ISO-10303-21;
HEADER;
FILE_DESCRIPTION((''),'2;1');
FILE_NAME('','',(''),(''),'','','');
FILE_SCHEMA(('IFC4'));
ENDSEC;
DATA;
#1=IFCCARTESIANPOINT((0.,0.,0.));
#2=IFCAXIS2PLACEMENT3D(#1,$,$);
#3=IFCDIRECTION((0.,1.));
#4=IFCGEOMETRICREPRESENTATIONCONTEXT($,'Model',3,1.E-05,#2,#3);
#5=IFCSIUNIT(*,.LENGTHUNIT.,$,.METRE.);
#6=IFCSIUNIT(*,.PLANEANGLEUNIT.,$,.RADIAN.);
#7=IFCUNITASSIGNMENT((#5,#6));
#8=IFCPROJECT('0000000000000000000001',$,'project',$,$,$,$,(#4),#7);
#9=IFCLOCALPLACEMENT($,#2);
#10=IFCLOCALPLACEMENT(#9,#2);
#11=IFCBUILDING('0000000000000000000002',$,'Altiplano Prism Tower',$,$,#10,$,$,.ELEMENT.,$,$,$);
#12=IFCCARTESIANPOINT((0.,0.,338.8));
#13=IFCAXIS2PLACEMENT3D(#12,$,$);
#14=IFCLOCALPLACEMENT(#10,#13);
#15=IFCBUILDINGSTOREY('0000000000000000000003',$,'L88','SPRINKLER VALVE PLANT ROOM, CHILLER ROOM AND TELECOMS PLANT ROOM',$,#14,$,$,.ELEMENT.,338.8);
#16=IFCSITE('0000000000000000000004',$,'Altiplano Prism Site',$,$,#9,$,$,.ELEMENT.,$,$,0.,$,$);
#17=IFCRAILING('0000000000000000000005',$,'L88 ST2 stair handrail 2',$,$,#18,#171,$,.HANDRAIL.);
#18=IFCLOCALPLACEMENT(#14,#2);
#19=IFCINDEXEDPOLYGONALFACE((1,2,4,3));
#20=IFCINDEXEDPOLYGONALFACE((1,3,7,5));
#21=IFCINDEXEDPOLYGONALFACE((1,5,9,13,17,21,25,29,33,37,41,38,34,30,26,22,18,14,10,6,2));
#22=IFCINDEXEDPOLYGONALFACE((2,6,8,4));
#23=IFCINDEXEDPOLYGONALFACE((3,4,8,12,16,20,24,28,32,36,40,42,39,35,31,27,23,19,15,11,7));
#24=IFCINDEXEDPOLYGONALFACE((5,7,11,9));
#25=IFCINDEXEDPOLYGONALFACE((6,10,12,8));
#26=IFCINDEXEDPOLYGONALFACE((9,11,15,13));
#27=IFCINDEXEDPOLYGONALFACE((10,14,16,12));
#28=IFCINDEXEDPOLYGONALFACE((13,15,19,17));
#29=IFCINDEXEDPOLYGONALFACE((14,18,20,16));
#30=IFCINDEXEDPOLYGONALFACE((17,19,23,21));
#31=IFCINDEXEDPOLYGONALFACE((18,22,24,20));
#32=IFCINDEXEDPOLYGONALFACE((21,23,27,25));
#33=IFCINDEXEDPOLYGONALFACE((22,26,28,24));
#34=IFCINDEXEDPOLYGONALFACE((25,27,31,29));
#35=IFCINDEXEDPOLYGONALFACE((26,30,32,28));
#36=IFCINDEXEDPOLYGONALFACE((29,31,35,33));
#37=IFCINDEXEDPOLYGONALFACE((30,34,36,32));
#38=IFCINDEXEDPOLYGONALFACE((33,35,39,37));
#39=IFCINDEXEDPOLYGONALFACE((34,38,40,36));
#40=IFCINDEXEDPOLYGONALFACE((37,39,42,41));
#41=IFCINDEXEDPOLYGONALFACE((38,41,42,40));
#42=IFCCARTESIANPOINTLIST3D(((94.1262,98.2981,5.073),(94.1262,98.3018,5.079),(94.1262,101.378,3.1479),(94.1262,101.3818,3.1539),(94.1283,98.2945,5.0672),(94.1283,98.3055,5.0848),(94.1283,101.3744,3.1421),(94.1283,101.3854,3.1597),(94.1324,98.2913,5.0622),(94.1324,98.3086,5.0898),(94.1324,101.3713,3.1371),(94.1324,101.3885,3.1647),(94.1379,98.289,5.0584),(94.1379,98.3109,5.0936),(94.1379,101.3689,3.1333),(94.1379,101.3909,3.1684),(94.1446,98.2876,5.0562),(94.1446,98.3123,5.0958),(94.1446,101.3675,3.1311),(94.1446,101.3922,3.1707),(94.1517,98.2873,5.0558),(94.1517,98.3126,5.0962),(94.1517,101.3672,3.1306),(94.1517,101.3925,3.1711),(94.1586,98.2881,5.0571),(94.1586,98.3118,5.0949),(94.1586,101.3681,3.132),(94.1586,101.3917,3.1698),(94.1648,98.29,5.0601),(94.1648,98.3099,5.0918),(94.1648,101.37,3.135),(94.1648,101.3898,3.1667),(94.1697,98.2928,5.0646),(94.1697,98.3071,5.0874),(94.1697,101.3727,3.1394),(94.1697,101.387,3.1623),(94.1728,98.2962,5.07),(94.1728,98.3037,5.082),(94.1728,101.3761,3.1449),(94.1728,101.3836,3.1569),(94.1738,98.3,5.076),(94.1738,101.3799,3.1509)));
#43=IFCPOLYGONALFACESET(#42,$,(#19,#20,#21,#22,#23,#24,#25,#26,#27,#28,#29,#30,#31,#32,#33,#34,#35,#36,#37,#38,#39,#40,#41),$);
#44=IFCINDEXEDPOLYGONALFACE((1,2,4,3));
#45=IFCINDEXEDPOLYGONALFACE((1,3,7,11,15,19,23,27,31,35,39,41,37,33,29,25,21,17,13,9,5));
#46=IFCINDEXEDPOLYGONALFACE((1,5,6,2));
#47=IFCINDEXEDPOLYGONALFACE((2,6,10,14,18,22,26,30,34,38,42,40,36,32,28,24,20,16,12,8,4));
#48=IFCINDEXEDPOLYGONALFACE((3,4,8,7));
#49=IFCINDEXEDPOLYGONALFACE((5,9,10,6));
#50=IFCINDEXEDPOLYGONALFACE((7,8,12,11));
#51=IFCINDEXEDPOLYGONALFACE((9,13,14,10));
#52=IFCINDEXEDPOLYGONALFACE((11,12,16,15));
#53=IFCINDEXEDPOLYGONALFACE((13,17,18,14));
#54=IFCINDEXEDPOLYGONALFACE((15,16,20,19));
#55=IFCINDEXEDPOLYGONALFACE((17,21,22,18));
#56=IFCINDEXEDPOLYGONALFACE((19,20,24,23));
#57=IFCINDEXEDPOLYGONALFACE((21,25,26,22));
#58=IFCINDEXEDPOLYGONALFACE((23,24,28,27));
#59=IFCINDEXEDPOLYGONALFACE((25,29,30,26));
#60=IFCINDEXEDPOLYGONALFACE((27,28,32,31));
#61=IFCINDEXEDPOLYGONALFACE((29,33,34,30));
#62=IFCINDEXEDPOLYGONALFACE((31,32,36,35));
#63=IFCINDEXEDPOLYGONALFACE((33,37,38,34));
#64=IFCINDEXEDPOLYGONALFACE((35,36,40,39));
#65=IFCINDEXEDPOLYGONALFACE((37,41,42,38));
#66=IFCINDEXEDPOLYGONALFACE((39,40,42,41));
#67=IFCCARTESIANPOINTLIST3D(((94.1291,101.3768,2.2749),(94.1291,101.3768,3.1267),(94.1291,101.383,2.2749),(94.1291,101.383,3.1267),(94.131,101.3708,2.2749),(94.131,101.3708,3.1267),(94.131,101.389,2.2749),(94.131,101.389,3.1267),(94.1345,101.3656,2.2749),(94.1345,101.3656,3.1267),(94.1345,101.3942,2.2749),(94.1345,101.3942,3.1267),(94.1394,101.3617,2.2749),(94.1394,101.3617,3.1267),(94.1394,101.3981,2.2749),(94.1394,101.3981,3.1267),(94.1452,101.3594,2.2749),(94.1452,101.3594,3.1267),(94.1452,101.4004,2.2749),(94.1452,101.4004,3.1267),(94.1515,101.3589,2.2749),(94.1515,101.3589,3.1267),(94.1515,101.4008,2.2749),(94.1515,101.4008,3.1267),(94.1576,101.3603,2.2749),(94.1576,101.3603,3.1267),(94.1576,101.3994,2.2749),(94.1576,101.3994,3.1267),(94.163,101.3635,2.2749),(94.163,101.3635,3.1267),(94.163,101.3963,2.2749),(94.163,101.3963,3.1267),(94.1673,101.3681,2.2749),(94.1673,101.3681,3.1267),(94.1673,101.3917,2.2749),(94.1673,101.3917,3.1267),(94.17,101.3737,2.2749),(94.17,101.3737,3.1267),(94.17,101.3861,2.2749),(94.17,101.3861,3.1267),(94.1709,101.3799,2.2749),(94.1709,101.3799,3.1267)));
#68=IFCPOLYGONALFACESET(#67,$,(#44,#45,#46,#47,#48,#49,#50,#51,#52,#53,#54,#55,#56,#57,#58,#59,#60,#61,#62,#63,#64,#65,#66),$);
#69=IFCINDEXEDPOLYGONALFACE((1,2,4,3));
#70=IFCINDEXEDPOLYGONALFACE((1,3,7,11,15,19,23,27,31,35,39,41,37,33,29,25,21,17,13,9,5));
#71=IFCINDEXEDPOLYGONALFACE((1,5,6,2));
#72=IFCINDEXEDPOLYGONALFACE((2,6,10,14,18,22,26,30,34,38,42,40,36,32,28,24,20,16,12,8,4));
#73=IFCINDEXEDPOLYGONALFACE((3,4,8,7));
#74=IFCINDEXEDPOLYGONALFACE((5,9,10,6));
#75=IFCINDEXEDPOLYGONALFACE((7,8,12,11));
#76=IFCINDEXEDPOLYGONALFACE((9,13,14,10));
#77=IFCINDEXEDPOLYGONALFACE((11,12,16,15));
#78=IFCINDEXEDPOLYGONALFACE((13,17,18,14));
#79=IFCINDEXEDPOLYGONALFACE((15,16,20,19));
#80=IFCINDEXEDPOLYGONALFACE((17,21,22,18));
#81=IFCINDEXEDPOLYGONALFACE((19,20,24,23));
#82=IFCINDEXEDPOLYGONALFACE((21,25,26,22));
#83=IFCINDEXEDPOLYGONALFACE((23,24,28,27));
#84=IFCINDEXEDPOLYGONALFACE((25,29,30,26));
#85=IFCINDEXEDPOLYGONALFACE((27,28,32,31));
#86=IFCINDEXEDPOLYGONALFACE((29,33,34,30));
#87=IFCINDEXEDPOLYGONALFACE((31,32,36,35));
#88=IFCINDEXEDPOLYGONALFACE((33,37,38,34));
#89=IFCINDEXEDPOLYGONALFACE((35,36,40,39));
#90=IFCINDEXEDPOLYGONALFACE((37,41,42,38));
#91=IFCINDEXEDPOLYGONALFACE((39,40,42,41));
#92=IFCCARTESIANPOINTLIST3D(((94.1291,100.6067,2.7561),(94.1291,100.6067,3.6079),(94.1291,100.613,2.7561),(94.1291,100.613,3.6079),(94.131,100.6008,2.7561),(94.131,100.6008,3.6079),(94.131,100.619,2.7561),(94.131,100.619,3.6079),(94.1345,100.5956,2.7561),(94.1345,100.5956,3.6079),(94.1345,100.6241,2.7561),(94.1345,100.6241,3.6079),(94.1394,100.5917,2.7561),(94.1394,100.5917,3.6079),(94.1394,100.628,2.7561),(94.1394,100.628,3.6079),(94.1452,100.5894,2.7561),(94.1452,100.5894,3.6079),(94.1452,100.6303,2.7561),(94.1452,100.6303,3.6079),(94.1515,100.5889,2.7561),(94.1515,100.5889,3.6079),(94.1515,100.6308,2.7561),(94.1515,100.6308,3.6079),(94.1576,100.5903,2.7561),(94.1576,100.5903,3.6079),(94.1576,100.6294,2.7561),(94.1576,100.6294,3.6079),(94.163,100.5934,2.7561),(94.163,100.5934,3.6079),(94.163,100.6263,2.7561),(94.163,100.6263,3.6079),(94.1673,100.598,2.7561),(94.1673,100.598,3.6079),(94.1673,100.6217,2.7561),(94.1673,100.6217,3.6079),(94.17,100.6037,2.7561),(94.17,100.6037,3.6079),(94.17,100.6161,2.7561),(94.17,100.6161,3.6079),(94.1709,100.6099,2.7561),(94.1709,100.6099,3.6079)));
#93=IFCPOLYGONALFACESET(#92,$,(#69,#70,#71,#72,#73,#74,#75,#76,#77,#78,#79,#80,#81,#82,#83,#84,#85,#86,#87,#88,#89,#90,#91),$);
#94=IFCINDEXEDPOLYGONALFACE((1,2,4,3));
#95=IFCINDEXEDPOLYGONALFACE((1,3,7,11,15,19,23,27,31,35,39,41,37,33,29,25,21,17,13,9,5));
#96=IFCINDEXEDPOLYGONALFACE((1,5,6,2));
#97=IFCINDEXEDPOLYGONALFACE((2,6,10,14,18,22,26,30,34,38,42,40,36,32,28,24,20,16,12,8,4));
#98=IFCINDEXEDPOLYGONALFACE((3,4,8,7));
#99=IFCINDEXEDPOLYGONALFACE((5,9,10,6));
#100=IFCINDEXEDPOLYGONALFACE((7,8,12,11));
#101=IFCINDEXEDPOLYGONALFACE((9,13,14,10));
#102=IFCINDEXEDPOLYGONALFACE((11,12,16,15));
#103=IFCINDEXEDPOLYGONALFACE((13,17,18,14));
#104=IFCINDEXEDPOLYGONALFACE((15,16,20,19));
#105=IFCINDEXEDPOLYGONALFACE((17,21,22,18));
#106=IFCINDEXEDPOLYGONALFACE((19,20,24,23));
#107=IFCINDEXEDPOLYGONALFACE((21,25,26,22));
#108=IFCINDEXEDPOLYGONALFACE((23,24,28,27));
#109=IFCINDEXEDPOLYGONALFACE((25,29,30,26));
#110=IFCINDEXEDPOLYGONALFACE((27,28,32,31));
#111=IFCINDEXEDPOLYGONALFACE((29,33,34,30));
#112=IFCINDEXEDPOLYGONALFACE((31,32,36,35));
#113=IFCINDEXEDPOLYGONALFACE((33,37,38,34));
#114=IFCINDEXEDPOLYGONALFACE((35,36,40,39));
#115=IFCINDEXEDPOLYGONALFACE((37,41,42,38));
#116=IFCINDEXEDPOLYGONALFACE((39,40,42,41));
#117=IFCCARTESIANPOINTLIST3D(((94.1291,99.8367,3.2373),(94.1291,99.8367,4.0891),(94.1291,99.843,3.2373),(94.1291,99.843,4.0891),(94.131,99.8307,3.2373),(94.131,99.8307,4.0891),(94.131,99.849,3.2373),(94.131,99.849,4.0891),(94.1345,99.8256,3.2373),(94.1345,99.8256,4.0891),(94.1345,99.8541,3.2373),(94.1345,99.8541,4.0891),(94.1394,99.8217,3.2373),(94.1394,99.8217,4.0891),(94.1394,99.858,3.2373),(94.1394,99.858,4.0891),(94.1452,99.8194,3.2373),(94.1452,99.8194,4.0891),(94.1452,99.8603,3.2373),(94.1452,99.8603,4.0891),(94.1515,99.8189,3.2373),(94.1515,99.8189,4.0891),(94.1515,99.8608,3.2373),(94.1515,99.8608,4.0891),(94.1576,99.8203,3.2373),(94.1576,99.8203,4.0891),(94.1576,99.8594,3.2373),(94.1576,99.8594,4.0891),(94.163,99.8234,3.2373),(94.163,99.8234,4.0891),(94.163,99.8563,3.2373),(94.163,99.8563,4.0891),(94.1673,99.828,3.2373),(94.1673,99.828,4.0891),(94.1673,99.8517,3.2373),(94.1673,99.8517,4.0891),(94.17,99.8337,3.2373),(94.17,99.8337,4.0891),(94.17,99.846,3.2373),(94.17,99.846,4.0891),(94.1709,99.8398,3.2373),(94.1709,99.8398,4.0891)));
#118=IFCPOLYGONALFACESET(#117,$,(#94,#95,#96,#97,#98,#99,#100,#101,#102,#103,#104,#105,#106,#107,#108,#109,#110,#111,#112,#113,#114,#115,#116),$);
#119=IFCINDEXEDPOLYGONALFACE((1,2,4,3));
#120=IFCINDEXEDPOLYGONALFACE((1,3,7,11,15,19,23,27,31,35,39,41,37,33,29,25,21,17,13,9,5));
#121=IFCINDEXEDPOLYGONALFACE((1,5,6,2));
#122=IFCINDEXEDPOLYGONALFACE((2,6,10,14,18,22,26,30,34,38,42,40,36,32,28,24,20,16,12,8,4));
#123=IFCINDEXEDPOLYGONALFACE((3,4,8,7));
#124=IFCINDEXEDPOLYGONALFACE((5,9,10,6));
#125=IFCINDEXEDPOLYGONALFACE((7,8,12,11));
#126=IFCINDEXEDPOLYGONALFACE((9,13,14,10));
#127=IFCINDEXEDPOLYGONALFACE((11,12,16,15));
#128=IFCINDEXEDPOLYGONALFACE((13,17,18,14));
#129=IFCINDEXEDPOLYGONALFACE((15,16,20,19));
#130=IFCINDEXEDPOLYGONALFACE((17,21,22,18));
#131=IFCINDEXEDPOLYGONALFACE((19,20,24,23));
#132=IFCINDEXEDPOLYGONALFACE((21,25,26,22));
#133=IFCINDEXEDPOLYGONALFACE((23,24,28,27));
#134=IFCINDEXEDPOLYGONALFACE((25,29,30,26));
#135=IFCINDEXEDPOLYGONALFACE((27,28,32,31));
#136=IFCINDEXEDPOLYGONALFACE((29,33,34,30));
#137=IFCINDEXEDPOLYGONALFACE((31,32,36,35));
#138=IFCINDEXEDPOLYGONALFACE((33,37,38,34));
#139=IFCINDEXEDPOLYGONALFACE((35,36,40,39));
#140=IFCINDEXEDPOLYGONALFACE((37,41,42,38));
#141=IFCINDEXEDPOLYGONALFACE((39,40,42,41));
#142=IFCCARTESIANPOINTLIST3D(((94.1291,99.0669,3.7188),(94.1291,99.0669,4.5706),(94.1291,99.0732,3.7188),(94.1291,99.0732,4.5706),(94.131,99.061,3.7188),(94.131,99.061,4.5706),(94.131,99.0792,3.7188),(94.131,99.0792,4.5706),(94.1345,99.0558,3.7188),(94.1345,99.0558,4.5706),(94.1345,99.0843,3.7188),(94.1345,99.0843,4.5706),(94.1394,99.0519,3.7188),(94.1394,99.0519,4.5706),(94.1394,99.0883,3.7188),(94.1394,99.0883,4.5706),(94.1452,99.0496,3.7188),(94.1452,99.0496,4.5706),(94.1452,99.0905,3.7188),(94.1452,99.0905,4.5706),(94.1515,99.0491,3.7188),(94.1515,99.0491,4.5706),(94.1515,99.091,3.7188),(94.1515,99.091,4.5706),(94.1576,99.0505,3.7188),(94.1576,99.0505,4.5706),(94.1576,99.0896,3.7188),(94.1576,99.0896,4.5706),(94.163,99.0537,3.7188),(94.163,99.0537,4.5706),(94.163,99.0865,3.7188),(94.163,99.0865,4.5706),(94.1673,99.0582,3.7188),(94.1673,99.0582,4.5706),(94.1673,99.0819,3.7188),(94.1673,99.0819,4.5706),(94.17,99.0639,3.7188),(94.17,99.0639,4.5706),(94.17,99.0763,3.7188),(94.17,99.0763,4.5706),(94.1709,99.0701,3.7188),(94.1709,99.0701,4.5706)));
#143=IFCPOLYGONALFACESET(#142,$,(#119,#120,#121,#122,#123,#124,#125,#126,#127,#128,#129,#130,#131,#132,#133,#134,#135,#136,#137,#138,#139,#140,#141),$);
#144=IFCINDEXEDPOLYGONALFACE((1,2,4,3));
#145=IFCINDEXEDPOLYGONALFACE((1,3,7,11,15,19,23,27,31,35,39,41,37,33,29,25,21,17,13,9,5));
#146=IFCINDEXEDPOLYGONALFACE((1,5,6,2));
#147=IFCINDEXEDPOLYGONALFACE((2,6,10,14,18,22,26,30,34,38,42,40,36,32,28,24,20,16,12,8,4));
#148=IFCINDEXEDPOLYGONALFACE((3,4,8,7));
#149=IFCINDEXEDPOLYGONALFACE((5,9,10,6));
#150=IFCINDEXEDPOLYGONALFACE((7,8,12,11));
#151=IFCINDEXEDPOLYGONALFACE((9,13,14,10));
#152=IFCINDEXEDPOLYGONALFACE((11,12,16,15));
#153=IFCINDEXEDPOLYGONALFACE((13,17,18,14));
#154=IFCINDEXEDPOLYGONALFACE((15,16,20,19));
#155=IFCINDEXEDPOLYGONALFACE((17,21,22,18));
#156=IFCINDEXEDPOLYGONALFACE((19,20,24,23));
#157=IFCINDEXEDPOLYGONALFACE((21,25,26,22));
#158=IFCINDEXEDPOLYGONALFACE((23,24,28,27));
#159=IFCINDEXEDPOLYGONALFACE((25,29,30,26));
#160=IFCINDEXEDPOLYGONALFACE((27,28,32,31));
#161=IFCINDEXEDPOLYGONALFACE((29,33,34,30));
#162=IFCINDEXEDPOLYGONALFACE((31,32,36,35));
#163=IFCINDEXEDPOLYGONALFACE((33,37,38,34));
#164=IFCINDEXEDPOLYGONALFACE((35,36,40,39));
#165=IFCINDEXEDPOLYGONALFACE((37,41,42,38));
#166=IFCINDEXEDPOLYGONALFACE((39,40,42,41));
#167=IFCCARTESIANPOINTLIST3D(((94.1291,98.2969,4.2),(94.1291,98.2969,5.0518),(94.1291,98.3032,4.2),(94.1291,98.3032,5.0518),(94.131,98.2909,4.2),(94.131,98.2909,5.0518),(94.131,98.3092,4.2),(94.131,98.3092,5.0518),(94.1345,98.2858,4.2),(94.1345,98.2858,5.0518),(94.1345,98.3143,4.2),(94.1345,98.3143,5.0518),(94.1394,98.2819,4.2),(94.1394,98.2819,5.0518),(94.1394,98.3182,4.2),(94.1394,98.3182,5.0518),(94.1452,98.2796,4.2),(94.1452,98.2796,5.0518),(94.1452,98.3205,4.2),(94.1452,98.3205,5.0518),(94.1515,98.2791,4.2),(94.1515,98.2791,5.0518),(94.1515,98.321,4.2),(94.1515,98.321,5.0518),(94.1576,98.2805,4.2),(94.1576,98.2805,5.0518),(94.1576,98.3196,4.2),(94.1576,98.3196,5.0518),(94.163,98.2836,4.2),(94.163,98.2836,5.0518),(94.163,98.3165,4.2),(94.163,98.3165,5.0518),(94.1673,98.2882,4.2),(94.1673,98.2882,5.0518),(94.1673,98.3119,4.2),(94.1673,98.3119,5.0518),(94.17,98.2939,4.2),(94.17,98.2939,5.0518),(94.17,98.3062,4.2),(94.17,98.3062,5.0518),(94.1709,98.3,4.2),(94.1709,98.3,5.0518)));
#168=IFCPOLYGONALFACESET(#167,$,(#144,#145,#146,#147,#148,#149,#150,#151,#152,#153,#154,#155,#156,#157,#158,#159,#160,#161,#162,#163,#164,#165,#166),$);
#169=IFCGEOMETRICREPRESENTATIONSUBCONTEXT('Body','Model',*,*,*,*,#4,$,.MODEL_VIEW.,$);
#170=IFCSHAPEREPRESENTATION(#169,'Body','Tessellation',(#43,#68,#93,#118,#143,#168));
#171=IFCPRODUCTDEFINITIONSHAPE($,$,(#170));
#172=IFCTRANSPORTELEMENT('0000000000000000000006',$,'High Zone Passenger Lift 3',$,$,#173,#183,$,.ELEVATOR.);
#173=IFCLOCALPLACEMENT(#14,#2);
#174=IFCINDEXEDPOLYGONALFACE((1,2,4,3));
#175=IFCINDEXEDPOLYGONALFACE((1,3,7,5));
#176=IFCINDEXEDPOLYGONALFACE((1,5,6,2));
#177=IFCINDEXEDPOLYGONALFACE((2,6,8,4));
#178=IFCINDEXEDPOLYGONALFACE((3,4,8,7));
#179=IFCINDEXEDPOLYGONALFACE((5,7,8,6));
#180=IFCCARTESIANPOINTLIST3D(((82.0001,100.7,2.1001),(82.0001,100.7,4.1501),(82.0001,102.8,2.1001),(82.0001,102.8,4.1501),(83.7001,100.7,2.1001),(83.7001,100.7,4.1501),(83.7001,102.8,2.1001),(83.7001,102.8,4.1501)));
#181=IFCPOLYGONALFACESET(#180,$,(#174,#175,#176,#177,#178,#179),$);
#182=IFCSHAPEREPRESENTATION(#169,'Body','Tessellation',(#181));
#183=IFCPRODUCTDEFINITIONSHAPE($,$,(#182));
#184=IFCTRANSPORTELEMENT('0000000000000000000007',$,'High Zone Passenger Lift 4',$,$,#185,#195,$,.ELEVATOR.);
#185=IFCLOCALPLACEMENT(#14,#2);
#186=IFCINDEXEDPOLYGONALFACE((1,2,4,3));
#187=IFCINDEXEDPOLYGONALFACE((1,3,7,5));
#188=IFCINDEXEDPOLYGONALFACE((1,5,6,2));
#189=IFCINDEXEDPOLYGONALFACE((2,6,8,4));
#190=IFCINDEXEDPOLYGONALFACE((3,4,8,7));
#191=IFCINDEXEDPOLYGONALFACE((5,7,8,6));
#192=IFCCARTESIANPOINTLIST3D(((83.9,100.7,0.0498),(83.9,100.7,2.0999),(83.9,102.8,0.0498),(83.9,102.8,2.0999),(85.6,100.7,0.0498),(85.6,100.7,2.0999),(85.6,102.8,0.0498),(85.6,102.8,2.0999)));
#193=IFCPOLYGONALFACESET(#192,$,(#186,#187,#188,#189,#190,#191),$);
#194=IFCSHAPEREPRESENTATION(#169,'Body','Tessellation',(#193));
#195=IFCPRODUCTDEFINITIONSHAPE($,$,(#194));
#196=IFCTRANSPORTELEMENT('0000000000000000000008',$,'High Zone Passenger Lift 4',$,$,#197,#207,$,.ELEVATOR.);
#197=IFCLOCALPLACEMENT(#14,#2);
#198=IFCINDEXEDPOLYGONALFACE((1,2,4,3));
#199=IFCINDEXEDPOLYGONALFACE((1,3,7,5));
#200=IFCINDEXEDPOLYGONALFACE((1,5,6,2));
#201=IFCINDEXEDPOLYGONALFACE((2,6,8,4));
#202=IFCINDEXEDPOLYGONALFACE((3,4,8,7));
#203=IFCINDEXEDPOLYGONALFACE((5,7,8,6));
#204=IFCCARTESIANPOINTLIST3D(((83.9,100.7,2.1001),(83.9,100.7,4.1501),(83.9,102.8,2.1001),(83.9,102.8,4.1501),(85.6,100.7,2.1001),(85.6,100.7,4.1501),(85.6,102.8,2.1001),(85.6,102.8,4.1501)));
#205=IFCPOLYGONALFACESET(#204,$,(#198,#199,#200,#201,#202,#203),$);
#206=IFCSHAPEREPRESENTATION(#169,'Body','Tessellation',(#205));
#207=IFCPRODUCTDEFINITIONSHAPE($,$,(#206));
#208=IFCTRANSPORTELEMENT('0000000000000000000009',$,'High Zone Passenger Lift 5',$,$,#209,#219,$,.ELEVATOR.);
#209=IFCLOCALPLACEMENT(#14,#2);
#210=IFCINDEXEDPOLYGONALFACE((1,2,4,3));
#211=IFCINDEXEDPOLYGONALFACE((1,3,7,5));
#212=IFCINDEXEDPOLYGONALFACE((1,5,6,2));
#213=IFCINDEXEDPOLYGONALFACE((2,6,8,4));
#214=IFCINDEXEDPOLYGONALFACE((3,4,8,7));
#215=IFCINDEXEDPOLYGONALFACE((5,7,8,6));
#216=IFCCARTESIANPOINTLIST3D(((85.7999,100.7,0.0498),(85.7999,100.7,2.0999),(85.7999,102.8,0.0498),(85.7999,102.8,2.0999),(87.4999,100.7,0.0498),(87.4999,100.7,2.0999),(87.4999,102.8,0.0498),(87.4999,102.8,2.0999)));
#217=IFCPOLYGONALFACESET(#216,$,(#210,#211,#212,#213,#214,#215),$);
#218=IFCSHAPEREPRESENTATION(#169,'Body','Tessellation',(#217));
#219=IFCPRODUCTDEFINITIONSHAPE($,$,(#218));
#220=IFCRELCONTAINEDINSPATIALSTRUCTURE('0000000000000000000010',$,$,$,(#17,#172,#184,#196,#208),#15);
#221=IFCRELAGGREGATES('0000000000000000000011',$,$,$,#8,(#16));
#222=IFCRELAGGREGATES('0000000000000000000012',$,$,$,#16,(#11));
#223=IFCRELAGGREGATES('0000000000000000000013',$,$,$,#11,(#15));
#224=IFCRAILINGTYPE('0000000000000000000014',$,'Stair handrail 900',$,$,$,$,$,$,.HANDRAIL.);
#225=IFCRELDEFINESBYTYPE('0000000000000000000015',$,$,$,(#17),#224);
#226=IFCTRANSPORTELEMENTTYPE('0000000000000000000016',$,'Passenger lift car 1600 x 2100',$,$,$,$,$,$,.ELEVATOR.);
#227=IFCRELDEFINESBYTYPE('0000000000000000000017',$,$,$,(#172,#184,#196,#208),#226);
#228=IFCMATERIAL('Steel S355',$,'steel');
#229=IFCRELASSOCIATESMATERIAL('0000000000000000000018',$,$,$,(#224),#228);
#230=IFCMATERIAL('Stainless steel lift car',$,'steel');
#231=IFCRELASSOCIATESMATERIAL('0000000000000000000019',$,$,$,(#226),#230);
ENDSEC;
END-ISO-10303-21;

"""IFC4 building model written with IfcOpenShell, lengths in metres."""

from ifc_helpers import new_model, si_unit, direction, frame, origin, origin_2d, place, context, subcontext, project, spatial, rectangle, circle, extrude, material, type_object, element, save


model = new_model("IFC4")

# Units and contexts
model_context = context("Model", 3, precision=1e-05, world=origin(), true_north=direction((0.0, 1.0)))
body_context = subcontext(model_context, "Body", "Model", "MODEL_VIEW")
ifc_project = project(units=[si_unit("LENGTHUNIT", "METRE"), si_unit("PLANEANGLEUNIT", "RADIAN")], contexts=[model_context])

# Site, building, storey
site_placement = place(None, origin())
site = spatial("IfcSite", under=ifc_project, at=site_placement, Name="Altiplano Prism Site", CompositionType="ELEMENT", RefElevation=0.0)
building_placement = place(site_placement, origin())
building = spatial("IfcBuilding", under=site, at=building_placement, Name="Altiplano Prism Tower", CompositionType="ELEMENT")
storey_placement = place(building_placement, frame((0.0, 0.0, 338.8)))
storey = spatial("IfcBuildingStorey", under=building, at=storey_placement, Name="L88", Description="SPRINKLER VALVE PLANT ROOM, CHILLER ROOM AND TELECOMS PLANT ROOM", CompositionType="ELEMENT", Elevation=338.8)

# Railing
ifc_material_1 = material(Name="Steel S355", Category="steel")
railing_type_1 = type_object("IfcRailingType", Name="Stair handrail 900", PredefinedType="HANDRAIL", material=ifc_material_1)
railing_1_placement = place(storey_placement, frame((94.1499, 101.3799, 2.2749)))
element("IfcRailing", 1, at=railing_1_placement, inside=storey, type_object=railing_type_1, Name="L88 ST2 stair handrail 2", PredefinedType="HANDRAIL", context=body_context, shape_type="SweptSolid", body=[
    extrude(circle(Radius=0.0239, at=origin_2d()), frame((0.0, 0.0, 0.876), z_axis=(0.0, -0.847979, 0.530029), x_axis=(1.0, 0.0, 0.0)), (0.0, 0.0, 1.0), 3.6321),
    extrude(circle(Radius=0.021, at=origin_2d()), origin(), (0.0, 0.0, 1.0), 0.8518),
    extrude(circle(Radius=0.021, at=origin_2d()), frame((0.0, -0.77, 0.4812)), (0.0, 0.0, 1.0), 0.8518),
    extrude(circle(Radius=0.021, at=origin_2d()), frame((0.0, -1.54, 0.9624)), (0.0, 0.0, 1.0), 0.8518),
    extrude(circle(Radius=0.021, at=origin_2d()), frame((0.0, -2.3098, 1.4438)), (0.0, 0.0, 1.0), 0.8518),
    extrude(circle(Radius=0.021, at=origin_2d()), frame((0.0, -3.0798, 1.925)), (0.0, 0.0, 1.0), 0.8518),
])

# Transport elements
ifc_material_2 = material(Name="Stainless steel lift car", Category="steel")
transport_element_type = type_object("IfcTransportElementType", Name="Passenger lift car 1600 x 2100", PredefinedType="ELEVATOR", material=ifc_material_2)
for number, where, z_axis, x_axis, name in (
    (2, (82.8501, 101.75, 2.1001), (0.0, 0.0, 1.0), (1.0, 0.0, 0.0), "High Zone Passenger Lift 3"),
    (3, (84.75, 101.75, 0.0498), (0.0, 0.0, 1.0), (1.0, 0.0, 0.0), "High Zone Passenger Lift 4"),
    (4, (84.75, 101.75, 2.1001), (0.0, 0.0, 1.0), (1.0, 0.0, 0.0), "High Zone Passenger Lift 4"),
    (5, (86.6499, 101.75, 0.0498), (0.0, 0.0, 1.0), (1.0, 0.0, 0.0), "High Zone Passenger Lift 5"),
):
    element("IfcTransportElement", number, at=place(storey_placement, frame(where, z_axis=z_axis, x_axis=x_axis)), inside=storey, type_object=transport_element_type, Name=name, PredefinedType="ELEVATOR", context=body_context, shape_type="SweptSolid", body=[
        extrude(rectangle(XDim=1.7, YDim=2.1001, at=origin_2d()), origin(), (0.0, 0.0, 1.0), 2.05),
    ])

save(model, "model.ifc")
